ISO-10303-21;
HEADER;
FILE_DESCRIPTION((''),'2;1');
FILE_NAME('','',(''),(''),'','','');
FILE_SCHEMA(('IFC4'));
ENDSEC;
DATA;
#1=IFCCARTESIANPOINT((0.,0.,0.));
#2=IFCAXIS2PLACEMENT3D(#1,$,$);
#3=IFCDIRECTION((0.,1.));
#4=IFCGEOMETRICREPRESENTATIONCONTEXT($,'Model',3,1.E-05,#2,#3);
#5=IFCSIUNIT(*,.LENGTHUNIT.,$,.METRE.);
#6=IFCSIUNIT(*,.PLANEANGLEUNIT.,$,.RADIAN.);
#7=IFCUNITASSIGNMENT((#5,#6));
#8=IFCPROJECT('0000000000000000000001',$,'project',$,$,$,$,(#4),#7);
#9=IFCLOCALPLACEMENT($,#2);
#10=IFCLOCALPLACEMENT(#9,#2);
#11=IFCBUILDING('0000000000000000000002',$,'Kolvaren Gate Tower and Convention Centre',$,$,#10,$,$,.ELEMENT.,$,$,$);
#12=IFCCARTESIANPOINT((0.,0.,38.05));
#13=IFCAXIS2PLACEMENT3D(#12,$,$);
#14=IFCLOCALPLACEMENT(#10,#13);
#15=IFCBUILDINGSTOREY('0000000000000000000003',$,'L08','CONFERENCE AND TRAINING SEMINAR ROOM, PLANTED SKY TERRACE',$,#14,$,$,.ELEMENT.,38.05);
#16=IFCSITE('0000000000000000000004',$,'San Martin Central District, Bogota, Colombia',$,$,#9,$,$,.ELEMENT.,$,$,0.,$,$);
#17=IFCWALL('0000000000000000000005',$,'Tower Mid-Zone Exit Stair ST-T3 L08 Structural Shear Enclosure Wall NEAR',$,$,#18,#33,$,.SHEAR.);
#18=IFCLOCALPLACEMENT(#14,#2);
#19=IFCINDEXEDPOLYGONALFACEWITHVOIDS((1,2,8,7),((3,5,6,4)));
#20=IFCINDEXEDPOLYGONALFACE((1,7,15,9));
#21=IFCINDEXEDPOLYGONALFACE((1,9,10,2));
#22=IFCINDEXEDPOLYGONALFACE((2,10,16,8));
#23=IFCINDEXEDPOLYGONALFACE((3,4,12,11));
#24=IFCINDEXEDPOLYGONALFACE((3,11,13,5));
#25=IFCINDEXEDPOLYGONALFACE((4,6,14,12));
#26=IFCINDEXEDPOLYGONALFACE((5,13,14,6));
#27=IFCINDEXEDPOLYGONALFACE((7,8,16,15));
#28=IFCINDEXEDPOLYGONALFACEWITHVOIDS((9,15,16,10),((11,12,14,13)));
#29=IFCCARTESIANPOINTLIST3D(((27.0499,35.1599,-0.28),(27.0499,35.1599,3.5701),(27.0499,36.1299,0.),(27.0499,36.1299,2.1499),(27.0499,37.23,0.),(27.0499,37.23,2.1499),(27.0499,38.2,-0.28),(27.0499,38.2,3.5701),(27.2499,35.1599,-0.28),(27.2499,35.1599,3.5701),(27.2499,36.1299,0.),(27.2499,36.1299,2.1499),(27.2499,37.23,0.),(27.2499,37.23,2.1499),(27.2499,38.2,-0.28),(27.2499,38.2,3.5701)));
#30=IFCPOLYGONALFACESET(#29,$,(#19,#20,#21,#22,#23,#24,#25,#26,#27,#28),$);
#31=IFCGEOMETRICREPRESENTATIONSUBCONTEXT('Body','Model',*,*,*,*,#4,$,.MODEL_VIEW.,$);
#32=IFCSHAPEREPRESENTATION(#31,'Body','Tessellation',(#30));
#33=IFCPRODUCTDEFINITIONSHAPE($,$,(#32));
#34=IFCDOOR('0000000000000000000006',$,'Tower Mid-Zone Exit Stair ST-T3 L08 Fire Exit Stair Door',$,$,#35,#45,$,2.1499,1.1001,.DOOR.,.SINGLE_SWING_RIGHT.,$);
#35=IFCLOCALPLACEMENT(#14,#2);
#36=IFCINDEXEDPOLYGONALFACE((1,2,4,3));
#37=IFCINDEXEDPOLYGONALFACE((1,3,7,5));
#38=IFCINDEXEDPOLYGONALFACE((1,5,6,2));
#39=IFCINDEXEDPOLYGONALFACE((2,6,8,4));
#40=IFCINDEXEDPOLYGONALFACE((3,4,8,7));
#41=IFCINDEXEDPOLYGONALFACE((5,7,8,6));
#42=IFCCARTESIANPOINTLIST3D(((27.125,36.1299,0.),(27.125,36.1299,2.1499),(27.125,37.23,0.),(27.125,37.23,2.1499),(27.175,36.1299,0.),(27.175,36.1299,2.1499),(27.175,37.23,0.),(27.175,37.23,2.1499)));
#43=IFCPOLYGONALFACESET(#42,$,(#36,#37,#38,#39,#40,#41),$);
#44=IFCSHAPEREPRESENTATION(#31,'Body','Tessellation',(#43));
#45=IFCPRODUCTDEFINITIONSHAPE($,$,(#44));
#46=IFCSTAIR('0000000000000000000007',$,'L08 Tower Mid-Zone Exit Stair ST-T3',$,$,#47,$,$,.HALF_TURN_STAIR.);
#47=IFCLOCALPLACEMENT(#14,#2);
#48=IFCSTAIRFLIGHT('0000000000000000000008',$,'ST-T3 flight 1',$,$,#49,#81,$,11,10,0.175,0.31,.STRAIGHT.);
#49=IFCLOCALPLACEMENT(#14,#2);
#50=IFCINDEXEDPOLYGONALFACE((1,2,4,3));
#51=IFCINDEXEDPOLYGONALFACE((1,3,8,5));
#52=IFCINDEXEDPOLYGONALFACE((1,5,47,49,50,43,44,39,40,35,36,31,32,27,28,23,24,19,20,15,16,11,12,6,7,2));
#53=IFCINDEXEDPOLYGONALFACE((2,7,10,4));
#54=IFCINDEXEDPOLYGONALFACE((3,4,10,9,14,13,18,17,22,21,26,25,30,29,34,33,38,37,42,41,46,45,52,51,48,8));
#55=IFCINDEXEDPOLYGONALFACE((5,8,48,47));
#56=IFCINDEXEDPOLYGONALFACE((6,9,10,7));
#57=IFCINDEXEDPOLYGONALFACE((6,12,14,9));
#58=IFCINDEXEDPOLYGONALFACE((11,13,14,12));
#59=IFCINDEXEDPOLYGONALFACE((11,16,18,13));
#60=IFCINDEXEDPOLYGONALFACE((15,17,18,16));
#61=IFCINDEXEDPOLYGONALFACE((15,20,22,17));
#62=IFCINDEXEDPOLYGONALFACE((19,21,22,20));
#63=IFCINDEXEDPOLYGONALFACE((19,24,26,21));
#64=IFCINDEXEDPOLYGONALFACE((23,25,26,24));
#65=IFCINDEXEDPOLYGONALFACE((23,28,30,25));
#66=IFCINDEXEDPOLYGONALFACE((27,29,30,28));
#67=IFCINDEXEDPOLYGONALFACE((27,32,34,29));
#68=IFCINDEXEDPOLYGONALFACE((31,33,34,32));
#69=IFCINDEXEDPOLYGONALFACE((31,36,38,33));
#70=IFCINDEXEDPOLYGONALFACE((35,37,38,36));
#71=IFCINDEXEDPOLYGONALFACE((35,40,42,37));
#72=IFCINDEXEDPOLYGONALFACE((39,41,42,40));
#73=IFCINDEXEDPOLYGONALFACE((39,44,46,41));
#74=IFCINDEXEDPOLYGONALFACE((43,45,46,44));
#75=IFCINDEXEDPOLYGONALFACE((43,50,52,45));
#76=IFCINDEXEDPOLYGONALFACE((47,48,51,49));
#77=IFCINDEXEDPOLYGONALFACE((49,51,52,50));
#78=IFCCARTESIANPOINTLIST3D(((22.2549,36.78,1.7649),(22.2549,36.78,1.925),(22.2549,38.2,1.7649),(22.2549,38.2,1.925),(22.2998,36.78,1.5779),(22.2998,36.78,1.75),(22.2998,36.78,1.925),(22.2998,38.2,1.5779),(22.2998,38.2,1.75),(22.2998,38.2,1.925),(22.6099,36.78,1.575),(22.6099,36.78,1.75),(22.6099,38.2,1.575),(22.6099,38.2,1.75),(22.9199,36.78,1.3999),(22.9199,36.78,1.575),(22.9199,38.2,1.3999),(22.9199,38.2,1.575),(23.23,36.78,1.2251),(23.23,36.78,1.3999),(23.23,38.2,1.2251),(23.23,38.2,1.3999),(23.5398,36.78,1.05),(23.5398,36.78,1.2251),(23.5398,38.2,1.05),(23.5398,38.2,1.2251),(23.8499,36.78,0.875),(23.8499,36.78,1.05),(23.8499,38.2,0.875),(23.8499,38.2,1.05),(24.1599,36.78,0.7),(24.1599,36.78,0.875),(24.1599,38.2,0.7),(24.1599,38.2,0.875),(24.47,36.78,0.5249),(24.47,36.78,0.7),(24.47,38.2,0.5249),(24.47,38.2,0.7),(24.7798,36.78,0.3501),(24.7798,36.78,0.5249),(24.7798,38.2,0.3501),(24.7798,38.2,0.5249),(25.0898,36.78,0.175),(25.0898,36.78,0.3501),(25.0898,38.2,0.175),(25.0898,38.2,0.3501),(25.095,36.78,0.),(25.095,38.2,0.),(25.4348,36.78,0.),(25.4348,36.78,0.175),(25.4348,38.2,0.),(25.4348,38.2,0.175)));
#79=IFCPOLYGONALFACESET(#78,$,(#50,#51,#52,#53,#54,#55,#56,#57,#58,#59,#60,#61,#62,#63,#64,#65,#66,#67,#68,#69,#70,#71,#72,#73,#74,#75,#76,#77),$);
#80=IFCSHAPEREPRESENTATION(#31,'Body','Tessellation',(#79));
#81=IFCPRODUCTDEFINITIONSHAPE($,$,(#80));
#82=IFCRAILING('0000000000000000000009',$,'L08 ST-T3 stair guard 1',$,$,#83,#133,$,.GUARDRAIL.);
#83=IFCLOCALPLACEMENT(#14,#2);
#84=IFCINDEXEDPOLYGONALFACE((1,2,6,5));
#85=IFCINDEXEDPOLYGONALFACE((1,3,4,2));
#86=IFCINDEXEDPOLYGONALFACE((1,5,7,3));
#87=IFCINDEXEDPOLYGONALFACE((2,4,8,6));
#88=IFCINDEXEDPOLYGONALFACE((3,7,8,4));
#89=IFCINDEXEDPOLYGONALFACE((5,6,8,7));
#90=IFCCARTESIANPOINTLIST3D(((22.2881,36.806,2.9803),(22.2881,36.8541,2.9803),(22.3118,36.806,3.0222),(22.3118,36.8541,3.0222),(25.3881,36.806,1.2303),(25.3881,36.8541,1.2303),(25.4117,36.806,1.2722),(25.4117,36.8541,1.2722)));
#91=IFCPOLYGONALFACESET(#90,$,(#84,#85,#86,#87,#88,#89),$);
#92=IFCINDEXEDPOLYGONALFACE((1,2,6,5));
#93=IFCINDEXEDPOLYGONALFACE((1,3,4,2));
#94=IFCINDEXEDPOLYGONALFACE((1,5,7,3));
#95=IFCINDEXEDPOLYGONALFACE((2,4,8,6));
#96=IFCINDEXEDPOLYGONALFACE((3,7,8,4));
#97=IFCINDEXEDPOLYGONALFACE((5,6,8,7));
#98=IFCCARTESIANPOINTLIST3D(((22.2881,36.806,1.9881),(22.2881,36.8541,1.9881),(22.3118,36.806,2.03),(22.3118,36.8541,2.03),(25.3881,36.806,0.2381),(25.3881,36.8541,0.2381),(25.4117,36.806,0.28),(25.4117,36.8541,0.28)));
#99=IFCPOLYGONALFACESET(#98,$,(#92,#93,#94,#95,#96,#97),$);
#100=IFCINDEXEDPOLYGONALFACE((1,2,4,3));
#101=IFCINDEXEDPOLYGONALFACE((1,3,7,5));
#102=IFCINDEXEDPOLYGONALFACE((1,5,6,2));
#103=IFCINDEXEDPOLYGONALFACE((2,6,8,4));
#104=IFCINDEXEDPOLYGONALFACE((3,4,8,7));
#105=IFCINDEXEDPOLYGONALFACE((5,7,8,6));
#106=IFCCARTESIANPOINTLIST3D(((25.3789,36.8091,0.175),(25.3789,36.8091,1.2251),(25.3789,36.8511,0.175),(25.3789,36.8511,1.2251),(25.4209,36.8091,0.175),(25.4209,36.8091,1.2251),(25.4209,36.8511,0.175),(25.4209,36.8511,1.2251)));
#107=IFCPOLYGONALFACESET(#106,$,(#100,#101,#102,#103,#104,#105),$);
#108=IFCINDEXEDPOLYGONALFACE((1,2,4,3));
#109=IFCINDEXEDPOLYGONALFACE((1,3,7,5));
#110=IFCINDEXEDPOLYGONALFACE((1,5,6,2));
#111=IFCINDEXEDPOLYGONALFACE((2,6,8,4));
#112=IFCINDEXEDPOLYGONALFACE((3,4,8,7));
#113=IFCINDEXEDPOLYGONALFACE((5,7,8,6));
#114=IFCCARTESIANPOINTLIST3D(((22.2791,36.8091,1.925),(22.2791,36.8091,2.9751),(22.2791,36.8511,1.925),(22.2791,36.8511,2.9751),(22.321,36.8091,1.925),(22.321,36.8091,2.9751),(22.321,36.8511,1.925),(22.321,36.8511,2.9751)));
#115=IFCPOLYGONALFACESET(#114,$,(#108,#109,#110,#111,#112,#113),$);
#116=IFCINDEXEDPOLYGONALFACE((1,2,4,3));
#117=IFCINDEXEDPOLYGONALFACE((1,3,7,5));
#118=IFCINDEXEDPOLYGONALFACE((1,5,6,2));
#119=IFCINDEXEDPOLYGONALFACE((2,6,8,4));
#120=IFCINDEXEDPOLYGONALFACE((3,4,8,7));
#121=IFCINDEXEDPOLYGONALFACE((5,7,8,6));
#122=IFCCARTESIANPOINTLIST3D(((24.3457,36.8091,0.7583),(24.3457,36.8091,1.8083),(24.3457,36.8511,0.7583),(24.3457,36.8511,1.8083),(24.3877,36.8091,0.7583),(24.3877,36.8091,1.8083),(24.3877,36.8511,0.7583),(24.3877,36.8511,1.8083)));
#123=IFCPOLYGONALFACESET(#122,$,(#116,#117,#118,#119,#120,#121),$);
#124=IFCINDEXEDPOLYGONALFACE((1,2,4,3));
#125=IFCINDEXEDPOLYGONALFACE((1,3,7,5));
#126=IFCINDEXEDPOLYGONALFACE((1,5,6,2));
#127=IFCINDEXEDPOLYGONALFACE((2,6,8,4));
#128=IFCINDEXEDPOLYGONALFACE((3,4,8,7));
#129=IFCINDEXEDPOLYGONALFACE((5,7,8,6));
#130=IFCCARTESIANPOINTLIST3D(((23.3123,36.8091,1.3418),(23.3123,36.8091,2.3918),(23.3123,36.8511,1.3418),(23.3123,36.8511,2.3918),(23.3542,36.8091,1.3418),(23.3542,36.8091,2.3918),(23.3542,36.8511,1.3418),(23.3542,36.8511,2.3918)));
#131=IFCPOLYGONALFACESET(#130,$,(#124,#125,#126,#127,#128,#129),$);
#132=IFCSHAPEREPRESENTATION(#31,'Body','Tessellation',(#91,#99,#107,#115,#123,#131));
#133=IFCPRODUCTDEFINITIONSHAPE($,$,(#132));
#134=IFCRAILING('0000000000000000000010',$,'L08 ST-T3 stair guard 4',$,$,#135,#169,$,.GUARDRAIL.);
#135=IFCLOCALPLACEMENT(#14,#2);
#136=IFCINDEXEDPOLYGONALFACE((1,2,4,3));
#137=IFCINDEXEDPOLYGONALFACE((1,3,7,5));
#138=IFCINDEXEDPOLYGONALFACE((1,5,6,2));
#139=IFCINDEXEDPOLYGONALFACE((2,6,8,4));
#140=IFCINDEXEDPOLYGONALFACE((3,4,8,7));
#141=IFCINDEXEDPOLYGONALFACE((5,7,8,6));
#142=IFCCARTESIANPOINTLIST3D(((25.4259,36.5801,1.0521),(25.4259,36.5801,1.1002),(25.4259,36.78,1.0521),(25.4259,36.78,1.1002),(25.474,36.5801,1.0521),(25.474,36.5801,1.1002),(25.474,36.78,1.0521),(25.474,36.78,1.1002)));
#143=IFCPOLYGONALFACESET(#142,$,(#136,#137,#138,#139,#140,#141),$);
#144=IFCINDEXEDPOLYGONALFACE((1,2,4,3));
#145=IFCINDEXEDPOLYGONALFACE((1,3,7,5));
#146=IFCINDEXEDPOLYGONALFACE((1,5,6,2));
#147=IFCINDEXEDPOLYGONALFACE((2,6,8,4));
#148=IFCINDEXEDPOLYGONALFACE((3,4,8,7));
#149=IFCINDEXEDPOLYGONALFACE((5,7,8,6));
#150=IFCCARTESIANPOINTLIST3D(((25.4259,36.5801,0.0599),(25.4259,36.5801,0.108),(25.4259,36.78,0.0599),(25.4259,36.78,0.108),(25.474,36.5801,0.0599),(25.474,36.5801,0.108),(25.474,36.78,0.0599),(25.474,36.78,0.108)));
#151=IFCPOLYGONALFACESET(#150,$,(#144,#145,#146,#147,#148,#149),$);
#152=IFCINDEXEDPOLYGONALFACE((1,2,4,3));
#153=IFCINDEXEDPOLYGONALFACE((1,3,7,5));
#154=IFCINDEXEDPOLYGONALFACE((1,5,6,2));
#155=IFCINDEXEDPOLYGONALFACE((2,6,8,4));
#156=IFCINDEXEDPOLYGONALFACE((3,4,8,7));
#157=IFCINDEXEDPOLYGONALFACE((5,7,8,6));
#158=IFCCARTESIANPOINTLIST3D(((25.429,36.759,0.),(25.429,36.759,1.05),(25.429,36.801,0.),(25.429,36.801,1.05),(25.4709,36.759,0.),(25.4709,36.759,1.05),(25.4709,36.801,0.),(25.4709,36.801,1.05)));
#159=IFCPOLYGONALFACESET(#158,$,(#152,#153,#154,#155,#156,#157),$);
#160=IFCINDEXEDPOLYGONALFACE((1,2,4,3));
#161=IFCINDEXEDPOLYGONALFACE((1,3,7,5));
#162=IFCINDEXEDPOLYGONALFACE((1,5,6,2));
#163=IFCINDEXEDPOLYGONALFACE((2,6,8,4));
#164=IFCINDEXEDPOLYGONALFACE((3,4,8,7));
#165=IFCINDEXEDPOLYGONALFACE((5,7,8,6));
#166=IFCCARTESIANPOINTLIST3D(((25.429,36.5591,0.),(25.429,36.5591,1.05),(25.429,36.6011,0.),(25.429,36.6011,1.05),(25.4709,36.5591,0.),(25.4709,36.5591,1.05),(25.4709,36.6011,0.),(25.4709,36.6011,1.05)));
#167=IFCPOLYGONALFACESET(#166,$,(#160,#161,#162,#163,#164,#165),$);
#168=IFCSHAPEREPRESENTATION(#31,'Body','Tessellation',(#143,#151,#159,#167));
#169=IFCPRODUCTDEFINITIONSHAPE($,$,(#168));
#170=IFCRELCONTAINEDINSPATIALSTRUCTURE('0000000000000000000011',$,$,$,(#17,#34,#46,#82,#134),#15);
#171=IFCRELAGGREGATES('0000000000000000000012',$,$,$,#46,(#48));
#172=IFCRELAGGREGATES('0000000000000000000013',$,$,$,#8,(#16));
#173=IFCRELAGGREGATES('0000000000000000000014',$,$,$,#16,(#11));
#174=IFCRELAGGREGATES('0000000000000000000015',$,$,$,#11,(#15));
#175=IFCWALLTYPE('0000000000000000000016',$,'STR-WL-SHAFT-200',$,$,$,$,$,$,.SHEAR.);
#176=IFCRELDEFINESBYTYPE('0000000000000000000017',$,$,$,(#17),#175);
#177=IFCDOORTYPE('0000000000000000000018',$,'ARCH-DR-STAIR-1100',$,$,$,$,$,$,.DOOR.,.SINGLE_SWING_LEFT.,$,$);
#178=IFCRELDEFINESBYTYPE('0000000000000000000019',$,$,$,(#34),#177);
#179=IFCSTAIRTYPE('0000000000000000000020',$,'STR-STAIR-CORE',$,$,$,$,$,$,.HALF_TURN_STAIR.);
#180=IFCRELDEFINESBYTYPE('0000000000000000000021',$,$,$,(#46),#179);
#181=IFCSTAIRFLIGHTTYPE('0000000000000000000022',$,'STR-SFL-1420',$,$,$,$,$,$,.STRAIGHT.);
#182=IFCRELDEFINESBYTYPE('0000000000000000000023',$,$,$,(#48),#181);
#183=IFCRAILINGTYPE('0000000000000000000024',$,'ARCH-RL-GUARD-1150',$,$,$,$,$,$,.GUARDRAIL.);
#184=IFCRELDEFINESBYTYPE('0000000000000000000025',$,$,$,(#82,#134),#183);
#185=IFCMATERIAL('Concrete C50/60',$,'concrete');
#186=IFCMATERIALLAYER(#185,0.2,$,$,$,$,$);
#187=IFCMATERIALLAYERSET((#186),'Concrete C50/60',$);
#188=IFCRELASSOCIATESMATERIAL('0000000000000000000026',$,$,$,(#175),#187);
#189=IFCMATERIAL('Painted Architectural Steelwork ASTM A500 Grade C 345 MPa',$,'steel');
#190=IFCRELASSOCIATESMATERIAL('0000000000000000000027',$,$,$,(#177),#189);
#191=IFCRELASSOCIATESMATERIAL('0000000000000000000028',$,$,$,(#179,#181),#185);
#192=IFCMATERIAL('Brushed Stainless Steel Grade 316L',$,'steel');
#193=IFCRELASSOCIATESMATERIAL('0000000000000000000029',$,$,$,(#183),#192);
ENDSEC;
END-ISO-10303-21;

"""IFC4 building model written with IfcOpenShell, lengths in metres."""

from ifc_helpers import new_model, si_unit, direction, frame, frame_2d, origin, origin_2d, place, context, subcontext, project, spatial, polyline, rectangle, outline, extrude, material, layer, layer_set, type_object, element, fill, aggregate, save


model = new_model("IFC4")

# Units and contexts
model_context = context("Model", 3, precision=1e-05, world=origin(), true_north=direction((0.0, 1.0)))
body_context = subcontext(model_context, "Body", "Model", "MODEL_VIEW")
ifc_project = project(units=[si_unit("LENGTHUNIT", "METRE"), si_unit("PLANEANGLEUNIT", "RADIAN")], contexts=[model_context])

# Site, building, storey
site_placement = place(None, origin())
site = spatial("IfcSite", under=ifc_project, at=site_placement, Name="San Martin Central District, Bogota, Colombia", CompositionType="ELEMENT", RefElevation=0.0)
building_placement = place(site_placement, origin())
building = spatial("IfcBuilding", under=site, at=building_placement, Name="Kolvaren Gate Tower and Convention Centre", CompositionType="ELEMENT")
storey_placement = place(building_placement, frame((0.0, 0.0, 38.05)))
storey = spatial("IfcBuildingStorey", under=building, at=storey_placement, Name="L08", Description="CONFERENCE AND TRAINING SEMINAR ROOM, PLANTED SKY TERRACE", CompositionType="ELEMENT", Elevation=38.05)

# Shared definitions
ifc_material_1 = material(Name="Painted Architectural Steelwork ASTM A500 Grade C 345 MPa", Category="steel")

# Wall, opening, door
ifc_material_2 = material(Name="Concrete C50/60", Category="concrete")
ifc_layer_1 = layer(ifc_material_2, 0.2)
ifc_layer_set_1 = layer_set([ifc_layer_1], Name="Concrete C50/60")
wall_type_1 = type_object("IfcWallType", Name="STR-WL-SHAFT-200", PredefinedType="SHEAR", material=ifc_layer_set_1)
wall_1_placement = place(storey_placement, frame((27.1499, 35.1599, -0.28), z_axis=(0.0, 0.0, 1.0), x_axis=(0.0, 1.0, 0.0)))
wall_1 = element("IfcWall", 1, at=wall_1_placement, inside=storey, type_object=wall_type_1, Name="Tower Mid-Zone Exit Stair ST-T3 L08 Structural Shear Enclosure Wall NEAR", PredefinedType="SHEAR", context=body_context, shape_type="SweptSolid", body=[
    extrude(rectangle(XDim=3.04, YDim=0.2, at=frame_2d((1.52, 0.0))), origin(), (0.0, 0.0, 1.0), 3.8501),
])
opening_1_placement = place(wall_1_placement, frame((0.97, 0.0, 0.28)))
opening_1 = element("IfcOpeningElement", 2, at=opening_1_placement, cuts=wall_1, PredefinedType="OPENING", context=body_context, shape_type="SweptSolid", body=[
    extrude(rectangle(XDim=1.1001, YDim=2.1499, at=frame_2d((0.55, 1.075))), frame((0.0, 0.1099, 0.0), z_axis=(0.0, -1.0, 0.0), x_axis=(1.0, 0.0, 0.0)), (0.0, 0.0, 1.0), 0.22),
])
door_type_1 = type_object("IfcDoorType", Name="ARCH-DR-STAIR-1100", OperationType="SINGLE_SWING_LEFT", PredefinedType="DOOR", material=ifc_material_1)
door_1_placement = place(opening_1_placement, origin())
door_1 = element("IfcDoor", 3, at=door_1_placement, inside=storey, type_object=door_type_1, Name="Tower Mid-Zone Exit Stair ST-T3 L08 Fire Exit Stair Door", OperationType="SINGLE_SWING_RIGHT", OverallHeight=2.1499, OverallWidth=1.1001, PredefinedType="DOOR", context=body_context, shape_type="SweptSolid", body=[
    extrude(rectangle(XDim=1.1001, YDim=2.1499, at=frame_2d((0.55, 1.075))), frame((0.0, 0.0249, 0.0), z_axis=(0.0, -1.0, 0.0), x_axis=(1.0, 0.0, 0.0)), (0.0, 0.0, 1.0), 0.05),
])
fill(opening_1, door_1)

# Stair, stair flight
stair_type = type_object("IfcStairType", Name="STR-STAIR-CORE", PredefinedType="HALF_TURN_STAIR", material=ifc_material_2)
stair_placement = place(storey_placement, origin())
stair = element("IfcStair", 4, at=stair_placement, inside=storey, type_object=stair_type, Name="L08 Tower Mid-Zone Exit Stair ST-T3", PredefinedType="HALF_TURN_STAIR")
stair_flight_type = type_object("IfcStairFlightType", Name="STR-SFL-1420", PredefinedType="STRAIGHT", material=ifc_material_2)
stair_flight_placement = place(storey_placement, frame((25.3999, 37.49, 0.0), z_axis=(0.0, 0.0, 1.0), x_axis=(-1.0, 0.0, 0.0)))
stair_flight = element("IfcStairFlight", 5, at=stair_flight_placement, type_object=stair_flight_type, Name="ST-T3 flight 1", NumberOfRisers=11, NumberOfTreads=10, PredefinedType="STRAIGHT", RiserHeight=0.175, TreadLength=0.31, context=body_context, shape_type="SweptSolid", body=[
    extrude(outline(polyline([(-0.0349, 0.0), (-0.0349, 0.175), (0.3101, 0.175), (0.3101, 0.3501), (0.6201, 0.3501), (0.6201, 0.5249), (0.9299, 0.5249), (0.9299, 0.7), (1.24, 0.7), (1.24, 0.875), (1.55, 0.875), (1.55, 1.05), (1.8601, 1.05), (1.8601, 1.2251), (2.1699, 1.2251), (2.1699, 1.3999), (2.48, 1.3999), (2.48, 1.575), (2.79, 1.575), (2.79, 1.75), (3.1001, 1.75), (3.1001, 1.925), (3.145, 1.925), (3.145, 1.7649), (3.1001, 1.5779), (0.3049, 0.0), (-0.0349, 0.0)])), frame((0.0, 0.71, 0.0), z_axis=(0.0, -1.0, 0.0), x_axis=(1.0, 0.0, 0.0)), (0.0, 0.0, 1.0), 1.4199),
])
aggregate(stair, [stair_flight])

# Railings
ifc_material_3 = material(Name="Brushed Stainless Steel Grade 316L", Category="steel")
railing_type_1 = type_object("IfcRailingType", Name="ARCH-RL-GUARD-1150", PredefinedType="GUARDRAIL", material=ifc_material_3)
railing_1_placement = place(storey_placement, frame((25.3999, 36.8301, 0.175)))
element("IfcRailing", 6, at=railing_1_placement, inside=storey, type_object=railing_type_1, Name="L08 ST-T3 stair guard 1", PredefinedType="GUARDRAIL", context=body_context, shape_type="SweptSolid", body=[
    extrude(rectangle(XDim=0.0481, YDim=0.0481, at=origin_2d()), frame((0.0, 0.0, 1.0762), z_axis=(-0.870814, 0.0, 0.491612), x_axis=(0.0, -1.0, 0.0)), (0.0, 0.0, 1.0), 3.5598),
    extrude(rectangle(XDim=0.0481, YDim=0.0481, at=origin_2d()), frame((0.0, 0.0, 0.084), z_axis=(-0.870814, 0.0, 0.491612), x_axis=(0.0, -1.0, 0.0)), (0.0, 0.0, 1.0), 3.5598),
    extrude(rectangle(XDim=0.042, YDim=0.042, at=origin_2d()), origin(), (0.0, 0.0, 1.0), 1.05),
    extrude(rectangle(XDim=0.042, YDim=0.042, at=origin_2d()), frame((-3.0999, 0.0, 1.75)), (0.0, 0.0, 1.0), 1.05),
    extrude(rectangle(XDim=0.042, YDim=0.042, at=origin_2d()), frame((-1.0332, 0.0, 0.5833)), (0.0, 0.0, 1.0), 1.05),
    extrude(rectangle(XDim=0.042, YDim=0.042, at=origin_2d()), frame((-2.0667, 0.0, 1.1667)), (0.0, 0.0, 1.0), 1.05),
])
railing_2_placement = place(storey_placement, frame((25.45, 36.78, 0.0)))
element("IfcRailing", 7, at=railing_2_placement, inside=storey, type_object=railing_type_1, Name="L08 ST-T3 stair guard 4", PredefinedType="GUARDRAIL", context=body_context, shape_type="SweptSolid", body=[
    extrude(rectangle(XDim=0.0481, YDim=0.0481, at=origin_2d()), frame((0.0, 0.0, 1.0762), z_axis=(0.0, -1.0, 0.0), x_axis=(1.0, 0.0, 0.0)), (0.0, 0.0, 1.0), 0.2),
    extrude(rectangle(XDim=0.0481, YDim=0.0481, at=origin_2d()), frame((0.0, 0.0, 0.084), z_axis=(0.0, -1.0, 0.0), x_axis=(1.0, 0.0, 0.0)), (0.0, 0.0, 1.0), 0.2),
    extrude(rectangle(XDim=0.042, YDim=0.042, at=origin_2d()), origin(), (0.0, 0.0, 1.0), 1.05),
    extrude(rectangle(XDim=0.042, YDim=0.042, at=origin_2d()), frame((0.0, -0.2, 0.0)), (0.0, 0.0, 1.0), 1.05),
])

save(model, "model.ifc")
